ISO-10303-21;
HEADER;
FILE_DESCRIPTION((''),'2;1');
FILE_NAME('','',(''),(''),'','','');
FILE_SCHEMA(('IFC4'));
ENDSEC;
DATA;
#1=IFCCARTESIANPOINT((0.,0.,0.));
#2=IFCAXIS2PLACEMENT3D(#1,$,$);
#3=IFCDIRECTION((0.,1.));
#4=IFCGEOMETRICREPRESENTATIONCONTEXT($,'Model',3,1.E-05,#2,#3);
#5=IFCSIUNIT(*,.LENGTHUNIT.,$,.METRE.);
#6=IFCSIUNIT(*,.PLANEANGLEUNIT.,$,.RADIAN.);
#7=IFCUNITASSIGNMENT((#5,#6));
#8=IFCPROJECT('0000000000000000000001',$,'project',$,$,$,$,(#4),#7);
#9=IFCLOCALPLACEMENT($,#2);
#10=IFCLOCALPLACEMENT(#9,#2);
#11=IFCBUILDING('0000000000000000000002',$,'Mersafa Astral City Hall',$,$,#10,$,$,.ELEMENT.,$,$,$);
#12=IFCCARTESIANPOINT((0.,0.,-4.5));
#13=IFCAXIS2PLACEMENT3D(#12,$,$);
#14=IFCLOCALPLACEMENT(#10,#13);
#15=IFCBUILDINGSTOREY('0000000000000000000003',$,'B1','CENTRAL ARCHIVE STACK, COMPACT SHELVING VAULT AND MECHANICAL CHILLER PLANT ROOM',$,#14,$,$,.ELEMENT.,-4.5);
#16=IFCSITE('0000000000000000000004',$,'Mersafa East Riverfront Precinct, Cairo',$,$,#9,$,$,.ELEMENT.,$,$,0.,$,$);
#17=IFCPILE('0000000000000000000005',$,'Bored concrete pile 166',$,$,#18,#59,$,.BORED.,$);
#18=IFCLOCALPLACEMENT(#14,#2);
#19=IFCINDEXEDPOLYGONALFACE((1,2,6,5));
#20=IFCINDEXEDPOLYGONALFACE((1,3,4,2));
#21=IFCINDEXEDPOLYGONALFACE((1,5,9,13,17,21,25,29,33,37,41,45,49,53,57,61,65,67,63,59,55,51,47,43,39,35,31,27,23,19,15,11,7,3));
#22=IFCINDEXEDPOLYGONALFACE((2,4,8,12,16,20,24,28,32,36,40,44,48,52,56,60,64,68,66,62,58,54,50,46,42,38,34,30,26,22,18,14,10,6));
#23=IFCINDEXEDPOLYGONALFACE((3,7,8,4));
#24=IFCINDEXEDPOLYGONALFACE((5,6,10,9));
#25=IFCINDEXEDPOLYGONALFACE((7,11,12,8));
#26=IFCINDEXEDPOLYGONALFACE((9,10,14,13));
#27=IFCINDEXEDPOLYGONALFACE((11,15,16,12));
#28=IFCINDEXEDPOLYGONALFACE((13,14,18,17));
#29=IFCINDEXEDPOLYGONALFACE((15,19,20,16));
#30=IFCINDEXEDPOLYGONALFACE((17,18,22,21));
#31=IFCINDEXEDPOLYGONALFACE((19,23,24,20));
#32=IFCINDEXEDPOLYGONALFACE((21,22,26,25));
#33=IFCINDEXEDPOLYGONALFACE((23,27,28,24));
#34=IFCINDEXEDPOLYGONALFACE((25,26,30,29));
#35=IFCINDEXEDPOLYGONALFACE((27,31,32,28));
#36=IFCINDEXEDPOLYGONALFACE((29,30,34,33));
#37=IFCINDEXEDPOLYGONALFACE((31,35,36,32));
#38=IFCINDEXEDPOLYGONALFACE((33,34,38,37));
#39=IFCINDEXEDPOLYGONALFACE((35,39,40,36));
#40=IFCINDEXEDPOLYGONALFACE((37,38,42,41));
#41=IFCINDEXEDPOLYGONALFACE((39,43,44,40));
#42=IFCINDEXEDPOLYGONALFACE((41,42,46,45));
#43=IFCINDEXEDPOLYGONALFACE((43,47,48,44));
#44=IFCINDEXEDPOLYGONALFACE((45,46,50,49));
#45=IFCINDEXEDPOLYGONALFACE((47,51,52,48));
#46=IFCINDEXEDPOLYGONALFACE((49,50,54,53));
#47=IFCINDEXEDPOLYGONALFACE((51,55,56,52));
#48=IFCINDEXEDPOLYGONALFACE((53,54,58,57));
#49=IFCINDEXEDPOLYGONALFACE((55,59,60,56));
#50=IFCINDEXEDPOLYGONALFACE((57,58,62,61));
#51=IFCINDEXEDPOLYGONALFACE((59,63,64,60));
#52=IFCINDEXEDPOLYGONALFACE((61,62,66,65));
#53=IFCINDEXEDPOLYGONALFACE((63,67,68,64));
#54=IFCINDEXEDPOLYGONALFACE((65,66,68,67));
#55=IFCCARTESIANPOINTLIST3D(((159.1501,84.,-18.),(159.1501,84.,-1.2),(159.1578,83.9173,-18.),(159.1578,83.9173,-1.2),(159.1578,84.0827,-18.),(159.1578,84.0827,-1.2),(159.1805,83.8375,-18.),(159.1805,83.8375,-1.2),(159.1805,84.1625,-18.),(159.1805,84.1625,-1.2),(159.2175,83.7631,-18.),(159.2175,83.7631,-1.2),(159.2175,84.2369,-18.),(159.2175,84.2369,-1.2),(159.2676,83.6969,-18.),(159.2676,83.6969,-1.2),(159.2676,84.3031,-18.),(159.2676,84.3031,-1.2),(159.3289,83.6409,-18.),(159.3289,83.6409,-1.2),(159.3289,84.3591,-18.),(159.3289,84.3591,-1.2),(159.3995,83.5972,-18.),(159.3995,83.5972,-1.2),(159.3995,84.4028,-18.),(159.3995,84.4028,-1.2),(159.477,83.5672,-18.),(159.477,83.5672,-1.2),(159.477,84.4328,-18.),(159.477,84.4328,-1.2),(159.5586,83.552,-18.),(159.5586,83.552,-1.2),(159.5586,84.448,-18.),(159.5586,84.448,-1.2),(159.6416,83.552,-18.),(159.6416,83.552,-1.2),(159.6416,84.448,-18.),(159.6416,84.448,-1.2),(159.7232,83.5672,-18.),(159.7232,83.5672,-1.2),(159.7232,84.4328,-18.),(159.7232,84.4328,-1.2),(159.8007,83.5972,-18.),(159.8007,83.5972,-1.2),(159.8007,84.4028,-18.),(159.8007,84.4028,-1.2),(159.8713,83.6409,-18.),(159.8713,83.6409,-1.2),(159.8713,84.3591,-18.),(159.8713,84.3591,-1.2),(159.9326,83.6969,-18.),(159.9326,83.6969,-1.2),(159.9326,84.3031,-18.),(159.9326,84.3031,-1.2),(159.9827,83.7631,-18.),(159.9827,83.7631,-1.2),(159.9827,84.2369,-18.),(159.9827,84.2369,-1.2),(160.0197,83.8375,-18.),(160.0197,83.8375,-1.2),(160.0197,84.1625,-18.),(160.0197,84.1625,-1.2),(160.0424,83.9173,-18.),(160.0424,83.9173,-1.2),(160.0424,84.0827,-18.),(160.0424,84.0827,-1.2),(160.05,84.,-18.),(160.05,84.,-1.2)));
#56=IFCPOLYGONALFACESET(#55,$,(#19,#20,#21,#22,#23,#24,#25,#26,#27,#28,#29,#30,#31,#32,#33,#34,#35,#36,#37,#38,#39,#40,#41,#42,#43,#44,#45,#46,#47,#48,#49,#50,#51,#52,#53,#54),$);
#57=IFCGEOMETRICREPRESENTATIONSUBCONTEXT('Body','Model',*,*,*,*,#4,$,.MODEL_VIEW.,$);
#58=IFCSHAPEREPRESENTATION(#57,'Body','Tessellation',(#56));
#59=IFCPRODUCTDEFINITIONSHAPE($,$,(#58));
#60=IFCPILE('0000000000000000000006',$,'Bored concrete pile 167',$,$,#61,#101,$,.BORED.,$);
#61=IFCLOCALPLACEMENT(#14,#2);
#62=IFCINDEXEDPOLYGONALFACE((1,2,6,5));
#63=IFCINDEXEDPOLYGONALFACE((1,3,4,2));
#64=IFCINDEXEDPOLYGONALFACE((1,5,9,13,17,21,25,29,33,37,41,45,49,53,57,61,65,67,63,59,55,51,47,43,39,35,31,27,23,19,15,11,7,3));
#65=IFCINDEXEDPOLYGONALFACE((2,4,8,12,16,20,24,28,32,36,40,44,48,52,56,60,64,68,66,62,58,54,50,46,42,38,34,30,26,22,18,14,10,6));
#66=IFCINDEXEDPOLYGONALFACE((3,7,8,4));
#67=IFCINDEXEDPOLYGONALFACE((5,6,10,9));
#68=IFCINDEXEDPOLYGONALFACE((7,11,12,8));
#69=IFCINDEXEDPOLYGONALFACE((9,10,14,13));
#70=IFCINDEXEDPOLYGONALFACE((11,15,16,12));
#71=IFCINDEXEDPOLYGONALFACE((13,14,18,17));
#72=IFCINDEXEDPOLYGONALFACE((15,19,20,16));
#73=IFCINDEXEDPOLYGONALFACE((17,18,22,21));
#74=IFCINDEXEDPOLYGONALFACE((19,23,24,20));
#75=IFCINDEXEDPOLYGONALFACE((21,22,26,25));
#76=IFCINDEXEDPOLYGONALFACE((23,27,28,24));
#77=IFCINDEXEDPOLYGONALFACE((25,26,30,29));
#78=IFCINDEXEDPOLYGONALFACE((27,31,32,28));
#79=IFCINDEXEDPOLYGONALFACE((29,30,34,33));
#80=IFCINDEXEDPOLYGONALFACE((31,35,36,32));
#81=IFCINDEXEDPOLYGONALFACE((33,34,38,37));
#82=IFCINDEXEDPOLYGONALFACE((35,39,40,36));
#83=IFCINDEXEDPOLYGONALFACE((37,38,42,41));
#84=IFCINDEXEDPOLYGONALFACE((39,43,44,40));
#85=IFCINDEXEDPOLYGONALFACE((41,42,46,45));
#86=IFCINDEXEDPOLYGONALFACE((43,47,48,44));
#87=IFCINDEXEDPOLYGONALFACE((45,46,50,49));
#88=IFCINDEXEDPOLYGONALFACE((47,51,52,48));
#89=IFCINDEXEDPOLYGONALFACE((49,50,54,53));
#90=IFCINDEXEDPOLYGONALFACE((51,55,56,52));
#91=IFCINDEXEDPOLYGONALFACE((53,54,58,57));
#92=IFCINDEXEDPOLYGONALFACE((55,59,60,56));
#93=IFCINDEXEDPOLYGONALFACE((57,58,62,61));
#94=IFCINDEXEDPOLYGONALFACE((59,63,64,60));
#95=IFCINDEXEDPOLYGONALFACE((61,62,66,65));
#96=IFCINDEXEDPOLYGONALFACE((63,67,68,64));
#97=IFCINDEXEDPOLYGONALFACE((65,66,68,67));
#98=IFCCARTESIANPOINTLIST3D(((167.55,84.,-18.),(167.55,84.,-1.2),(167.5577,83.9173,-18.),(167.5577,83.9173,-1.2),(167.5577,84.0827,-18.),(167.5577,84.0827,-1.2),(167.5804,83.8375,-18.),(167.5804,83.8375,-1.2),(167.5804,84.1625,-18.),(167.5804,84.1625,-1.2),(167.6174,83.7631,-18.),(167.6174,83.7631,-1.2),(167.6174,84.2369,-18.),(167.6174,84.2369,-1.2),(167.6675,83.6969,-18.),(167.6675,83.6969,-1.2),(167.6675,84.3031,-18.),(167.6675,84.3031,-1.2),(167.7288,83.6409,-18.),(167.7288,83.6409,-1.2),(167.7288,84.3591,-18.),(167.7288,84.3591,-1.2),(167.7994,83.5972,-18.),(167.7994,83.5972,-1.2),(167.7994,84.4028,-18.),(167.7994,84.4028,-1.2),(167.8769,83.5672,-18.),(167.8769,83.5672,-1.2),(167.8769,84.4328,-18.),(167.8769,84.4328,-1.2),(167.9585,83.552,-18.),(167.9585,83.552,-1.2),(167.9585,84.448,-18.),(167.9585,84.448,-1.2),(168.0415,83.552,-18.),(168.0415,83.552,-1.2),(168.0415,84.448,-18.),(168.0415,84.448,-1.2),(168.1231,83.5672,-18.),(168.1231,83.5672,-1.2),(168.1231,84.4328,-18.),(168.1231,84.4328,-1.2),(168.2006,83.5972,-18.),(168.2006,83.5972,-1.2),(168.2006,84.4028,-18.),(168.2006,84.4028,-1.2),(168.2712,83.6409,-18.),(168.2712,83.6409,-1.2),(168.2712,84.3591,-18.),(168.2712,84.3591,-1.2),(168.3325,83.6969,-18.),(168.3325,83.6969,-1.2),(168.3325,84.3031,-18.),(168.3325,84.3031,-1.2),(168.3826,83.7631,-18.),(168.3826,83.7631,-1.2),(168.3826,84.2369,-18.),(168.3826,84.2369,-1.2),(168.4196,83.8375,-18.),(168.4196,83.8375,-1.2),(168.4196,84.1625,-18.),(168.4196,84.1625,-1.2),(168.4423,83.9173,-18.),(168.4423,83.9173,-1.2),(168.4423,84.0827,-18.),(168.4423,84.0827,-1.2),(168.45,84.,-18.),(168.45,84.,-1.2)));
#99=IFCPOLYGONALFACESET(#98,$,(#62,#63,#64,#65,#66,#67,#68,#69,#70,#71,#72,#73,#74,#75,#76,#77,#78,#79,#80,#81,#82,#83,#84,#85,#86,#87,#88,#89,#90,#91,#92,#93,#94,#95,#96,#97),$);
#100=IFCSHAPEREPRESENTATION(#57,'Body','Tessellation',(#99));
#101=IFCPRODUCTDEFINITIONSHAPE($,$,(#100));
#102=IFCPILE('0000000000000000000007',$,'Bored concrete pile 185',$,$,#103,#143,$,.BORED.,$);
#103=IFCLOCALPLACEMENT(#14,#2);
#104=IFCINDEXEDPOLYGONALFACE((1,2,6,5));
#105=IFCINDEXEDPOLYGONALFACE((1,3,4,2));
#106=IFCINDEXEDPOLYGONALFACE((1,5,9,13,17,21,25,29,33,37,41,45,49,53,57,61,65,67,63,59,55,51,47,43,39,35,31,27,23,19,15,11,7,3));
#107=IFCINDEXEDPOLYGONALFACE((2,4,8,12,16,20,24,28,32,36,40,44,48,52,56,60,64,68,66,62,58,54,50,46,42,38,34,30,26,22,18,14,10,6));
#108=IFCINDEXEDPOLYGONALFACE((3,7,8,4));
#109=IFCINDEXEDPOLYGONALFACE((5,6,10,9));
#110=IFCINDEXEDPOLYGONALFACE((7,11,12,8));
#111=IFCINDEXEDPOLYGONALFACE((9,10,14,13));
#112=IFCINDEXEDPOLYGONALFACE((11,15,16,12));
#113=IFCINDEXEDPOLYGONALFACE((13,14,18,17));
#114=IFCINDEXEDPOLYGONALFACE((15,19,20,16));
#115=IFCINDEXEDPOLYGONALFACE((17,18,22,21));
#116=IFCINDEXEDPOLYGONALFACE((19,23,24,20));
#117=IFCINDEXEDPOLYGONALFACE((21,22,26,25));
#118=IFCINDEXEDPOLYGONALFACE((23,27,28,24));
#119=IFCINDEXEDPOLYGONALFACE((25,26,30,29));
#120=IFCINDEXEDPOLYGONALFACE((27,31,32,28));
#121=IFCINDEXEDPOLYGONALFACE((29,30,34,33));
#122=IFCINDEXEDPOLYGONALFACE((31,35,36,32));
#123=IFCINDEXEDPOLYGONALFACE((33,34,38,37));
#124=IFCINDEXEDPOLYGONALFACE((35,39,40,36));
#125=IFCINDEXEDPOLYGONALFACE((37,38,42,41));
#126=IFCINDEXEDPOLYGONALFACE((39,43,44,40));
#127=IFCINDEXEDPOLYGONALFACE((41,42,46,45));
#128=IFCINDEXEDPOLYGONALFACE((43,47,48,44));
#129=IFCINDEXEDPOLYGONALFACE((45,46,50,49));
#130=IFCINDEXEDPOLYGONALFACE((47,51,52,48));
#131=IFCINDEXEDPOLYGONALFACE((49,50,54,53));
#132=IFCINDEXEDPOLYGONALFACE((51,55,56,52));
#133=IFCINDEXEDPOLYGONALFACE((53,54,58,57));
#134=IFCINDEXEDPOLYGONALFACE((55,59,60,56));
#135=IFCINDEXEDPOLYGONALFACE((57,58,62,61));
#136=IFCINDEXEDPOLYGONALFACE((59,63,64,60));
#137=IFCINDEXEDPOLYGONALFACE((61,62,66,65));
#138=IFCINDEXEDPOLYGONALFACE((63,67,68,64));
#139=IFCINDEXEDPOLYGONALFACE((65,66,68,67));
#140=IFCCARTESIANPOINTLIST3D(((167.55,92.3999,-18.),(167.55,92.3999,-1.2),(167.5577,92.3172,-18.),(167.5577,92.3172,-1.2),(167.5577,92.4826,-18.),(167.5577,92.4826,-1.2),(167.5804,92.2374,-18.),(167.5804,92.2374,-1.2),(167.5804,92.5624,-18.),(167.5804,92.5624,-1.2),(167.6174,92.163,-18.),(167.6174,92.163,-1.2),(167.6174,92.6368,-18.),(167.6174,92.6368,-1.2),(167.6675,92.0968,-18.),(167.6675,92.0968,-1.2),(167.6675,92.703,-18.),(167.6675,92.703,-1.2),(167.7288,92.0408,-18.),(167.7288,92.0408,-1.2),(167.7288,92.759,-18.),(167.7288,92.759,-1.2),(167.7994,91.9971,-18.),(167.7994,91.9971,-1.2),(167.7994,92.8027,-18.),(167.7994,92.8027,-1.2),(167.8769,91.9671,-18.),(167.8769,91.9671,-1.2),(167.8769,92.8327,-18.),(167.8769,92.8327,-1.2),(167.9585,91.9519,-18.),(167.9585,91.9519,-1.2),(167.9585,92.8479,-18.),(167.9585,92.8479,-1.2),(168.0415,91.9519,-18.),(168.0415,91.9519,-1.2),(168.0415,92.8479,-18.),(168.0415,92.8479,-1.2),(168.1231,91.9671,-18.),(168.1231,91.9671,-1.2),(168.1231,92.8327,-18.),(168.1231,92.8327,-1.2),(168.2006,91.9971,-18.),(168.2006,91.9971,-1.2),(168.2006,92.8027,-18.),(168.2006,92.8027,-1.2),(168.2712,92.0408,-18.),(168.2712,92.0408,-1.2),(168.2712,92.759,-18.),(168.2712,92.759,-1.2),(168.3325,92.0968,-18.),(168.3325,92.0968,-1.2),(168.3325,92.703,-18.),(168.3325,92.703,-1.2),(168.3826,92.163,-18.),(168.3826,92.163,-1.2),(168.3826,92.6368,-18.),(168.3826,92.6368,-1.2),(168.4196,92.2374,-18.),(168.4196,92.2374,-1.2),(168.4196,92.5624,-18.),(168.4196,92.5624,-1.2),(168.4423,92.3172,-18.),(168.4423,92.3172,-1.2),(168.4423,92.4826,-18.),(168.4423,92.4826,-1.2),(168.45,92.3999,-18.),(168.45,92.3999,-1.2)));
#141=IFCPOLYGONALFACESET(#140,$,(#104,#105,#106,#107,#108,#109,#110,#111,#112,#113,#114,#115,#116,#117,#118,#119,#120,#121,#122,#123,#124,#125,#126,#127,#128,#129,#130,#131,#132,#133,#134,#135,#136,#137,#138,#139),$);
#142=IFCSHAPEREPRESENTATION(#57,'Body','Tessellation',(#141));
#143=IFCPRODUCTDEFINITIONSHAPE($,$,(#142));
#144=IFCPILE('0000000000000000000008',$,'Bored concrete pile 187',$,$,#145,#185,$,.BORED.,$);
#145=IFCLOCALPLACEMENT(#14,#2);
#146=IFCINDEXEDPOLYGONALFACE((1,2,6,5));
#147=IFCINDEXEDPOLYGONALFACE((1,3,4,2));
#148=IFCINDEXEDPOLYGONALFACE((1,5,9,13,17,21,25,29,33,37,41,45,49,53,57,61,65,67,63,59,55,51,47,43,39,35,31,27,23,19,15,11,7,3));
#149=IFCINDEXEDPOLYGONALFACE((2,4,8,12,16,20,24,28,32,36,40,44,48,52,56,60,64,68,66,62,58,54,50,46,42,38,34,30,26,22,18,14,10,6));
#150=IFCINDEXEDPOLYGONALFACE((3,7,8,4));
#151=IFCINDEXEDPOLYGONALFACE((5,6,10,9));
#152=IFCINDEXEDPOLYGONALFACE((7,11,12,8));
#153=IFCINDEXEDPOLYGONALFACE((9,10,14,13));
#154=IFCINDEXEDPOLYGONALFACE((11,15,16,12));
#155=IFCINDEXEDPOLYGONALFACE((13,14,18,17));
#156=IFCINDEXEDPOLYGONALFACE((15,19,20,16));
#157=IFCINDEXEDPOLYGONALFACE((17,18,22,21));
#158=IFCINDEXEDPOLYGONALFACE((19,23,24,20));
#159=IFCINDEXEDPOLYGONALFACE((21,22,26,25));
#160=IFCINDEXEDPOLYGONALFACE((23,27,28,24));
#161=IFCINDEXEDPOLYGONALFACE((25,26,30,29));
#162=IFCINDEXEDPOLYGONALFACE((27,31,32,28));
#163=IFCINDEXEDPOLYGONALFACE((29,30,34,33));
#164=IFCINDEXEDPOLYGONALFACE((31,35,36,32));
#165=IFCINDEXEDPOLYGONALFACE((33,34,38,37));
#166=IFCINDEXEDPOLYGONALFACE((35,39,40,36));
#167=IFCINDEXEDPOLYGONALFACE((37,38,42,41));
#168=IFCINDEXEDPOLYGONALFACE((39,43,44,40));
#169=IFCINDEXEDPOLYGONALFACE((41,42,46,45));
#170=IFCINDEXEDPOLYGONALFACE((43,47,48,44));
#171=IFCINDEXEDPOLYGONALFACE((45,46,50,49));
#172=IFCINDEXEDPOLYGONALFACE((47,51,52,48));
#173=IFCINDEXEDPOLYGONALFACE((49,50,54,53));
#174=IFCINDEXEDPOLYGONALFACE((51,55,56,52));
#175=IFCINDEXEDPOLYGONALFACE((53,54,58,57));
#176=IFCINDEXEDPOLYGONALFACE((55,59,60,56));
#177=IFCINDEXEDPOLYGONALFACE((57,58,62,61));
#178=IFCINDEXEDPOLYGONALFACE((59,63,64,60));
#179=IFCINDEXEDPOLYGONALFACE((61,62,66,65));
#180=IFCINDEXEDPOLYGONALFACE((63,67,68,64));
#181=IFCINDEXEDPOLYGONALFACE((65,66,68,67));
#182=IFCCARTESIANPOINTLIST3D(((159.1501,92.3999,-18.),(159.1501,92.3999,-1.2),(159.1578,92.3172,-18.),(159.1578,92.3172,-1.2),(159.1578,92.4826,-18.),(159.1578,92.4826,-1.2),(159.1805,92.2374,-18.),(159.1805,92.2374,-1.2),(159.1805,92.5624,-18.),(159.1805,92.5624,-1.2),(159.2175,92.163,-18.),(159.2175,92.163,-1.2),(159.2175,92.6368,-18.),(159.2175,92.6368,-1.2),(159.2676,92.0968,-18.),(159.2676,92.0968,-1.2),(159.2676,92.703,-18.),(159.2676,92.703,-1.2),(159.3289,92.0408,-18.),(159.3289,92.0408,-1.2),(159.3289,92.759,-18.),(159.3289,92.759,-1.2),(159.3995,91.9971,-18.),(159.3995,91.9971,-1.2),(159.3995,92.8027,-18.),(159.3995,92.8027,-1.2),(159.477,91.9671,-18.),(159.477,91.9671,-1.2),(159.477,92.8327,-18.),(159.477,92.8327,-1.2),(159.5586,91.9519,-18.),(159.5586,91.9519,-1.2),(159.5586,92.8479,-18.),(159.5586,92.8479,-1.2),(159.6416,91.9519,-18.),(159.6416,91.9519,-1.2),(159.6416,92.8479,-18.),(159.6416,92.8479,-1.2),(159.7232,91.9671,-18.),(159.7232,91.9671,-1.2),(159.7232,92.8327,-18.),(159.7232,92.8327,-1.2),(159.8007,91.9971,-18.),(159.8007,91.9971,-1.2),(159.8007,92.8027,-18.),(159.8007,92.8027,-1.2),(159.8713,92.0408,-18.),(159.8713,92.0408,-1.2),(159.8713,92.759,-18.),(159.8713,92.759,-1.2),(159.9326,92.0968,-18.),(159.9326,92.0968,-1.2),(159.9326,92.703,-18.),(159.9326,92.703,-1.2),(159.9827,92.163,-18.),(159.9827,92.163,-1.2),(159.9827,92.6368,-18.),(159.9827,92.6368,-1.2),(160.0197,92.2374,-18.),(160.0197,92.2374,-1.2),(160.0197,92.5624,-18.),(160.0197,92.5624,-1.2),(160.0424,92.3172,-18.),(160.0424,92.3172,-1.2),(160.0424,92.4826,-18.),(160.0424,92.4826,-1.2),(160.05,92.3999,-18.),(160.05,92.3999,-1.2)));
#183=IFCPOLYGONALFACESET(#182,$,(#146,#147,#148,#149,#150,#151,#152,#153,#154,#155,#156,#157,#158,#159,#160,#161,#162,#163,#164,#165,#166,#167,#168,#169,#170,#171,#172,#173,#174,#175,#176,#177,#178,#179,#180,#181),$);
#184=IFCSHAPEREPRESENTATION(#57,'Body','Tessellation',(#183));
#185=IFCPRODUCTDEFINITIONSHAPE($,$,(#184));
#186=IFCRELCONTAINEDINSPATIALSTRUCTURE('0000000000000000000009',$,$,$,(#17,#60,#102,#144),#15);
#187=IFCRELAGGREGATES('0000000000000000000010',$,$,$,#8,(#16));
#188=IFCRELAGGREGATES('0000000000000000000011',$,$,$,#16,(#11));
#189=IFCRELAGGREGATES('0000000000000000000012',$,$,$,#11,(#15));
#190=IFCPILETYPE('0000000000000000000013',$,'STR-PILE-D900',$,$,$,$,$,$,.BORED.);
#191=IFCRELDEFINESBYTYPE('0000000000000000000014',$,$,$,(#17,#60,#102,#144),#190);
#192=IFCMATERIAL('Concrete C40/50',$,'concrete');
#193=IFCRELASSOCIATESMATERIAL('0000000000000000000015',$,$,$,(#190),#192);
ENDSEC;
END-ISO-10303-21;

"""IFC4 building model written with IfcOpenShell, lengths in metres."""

from ifc_helpers import new_model, si_unit, direction, frame, origin, origin_2d, place, context, subcontext, project, spatial, circle, extrude, material, material_profile, profile_set, type_object, element, save


model = new_model("IFC4")

# Units and contexts
model_context = context("Model", 3, precision=1e-05, world=origin(), true_north=direction((0.0, 1.0)))
body_context = subcontext(model_context, "Body", "Model", "MODEL_VIEW")
ifc_project = project(units=[si_unit("LENGTHUNIT", "METRE"), si_unit("PLANEANGLEUNIT", "RADIAN")], contexts=[model_context])

# Site, building, storey
site_placement = place(None, origin())
site = spatial("IfcSite", under=ifc_project, at=site_placement, Name="Mersafa East Riverfront Precinct, Cairo", CompositionType="ELEMENT", RefElevation=0.0)
building_placement = place(site_placement, origin())
building = spatial("IfcBuilding", under=site, at=building_placement, Name="Mersafa Astral City Hall", CompositionType="ELEMENT")
storey_placement = place(building_placement, frame((0.0, 0.0, -4.5)))
storey = spatial("IfcBuildingStorey", under=building, at=storey_placement, Name="B1", Description="CENTRAL ARCHIVE STACK, COMPACT SHELVING VAULT AND MECHANICAL CHILLER PLANT ROOM", CompositionType="ELEMENT", Elevation=-4.5)

# Shared definitions
ifc_material_1 = material(Name="Concrete C40/50", Category="concrete")

# Piles
ifc_material_profile_1 = material_profile(ifc_material_1, circle(Radius=0.45, at=origin_2d()), Name="PILE D900")
ifc_profile_set_1 = profile_set([ifc_material_profile_1], Name="Concrete C40/50")
pile_type = type_object("IfcPileType", Name="STR-PILE-D900", PredefinedType="BORED", material=ifc_profile_set_1)
for number, where, z_axis, x_axis, name in (
    (1, (159.6001, 84.0, -1.2), (0.0, 0.0, -1.0), (1.0, 0.0, 0.0), "Bored concrete pile 166"),
    (2, (168.0, 84.0, -1.2), (0.0, 0.0, -1.0), (1.0, 0.0, 0.0), "Bored concrete pile 167"),
    (3, (168.0, 92.3999, -1.2), (0.0, 0.0, -1.0), (1.0, 0.0, 0.0), "Bored concrete pile 185"),
    (4, (159.6001, 92.3999, -1.2), (0.0, 0.0, -1.0), (1.0, 0.0, 0.0), "Bored concrete pile 187"),
):
    element("IfcPile", number, at=place(storey_placement, frame(where, z_axis=z_axis, x_axis=x_axis)), inside=storey, type_object=pile_type, Name=name, PredefinedType="BORED", context=body_context, shape_type="SweptSolid", body=[
        extrude(circle(Radius=0.45, at=origin_2d()), origin(), (0.0, 0.0, 1.0), 16.8),
    ])

save(model, "model.ifc")
